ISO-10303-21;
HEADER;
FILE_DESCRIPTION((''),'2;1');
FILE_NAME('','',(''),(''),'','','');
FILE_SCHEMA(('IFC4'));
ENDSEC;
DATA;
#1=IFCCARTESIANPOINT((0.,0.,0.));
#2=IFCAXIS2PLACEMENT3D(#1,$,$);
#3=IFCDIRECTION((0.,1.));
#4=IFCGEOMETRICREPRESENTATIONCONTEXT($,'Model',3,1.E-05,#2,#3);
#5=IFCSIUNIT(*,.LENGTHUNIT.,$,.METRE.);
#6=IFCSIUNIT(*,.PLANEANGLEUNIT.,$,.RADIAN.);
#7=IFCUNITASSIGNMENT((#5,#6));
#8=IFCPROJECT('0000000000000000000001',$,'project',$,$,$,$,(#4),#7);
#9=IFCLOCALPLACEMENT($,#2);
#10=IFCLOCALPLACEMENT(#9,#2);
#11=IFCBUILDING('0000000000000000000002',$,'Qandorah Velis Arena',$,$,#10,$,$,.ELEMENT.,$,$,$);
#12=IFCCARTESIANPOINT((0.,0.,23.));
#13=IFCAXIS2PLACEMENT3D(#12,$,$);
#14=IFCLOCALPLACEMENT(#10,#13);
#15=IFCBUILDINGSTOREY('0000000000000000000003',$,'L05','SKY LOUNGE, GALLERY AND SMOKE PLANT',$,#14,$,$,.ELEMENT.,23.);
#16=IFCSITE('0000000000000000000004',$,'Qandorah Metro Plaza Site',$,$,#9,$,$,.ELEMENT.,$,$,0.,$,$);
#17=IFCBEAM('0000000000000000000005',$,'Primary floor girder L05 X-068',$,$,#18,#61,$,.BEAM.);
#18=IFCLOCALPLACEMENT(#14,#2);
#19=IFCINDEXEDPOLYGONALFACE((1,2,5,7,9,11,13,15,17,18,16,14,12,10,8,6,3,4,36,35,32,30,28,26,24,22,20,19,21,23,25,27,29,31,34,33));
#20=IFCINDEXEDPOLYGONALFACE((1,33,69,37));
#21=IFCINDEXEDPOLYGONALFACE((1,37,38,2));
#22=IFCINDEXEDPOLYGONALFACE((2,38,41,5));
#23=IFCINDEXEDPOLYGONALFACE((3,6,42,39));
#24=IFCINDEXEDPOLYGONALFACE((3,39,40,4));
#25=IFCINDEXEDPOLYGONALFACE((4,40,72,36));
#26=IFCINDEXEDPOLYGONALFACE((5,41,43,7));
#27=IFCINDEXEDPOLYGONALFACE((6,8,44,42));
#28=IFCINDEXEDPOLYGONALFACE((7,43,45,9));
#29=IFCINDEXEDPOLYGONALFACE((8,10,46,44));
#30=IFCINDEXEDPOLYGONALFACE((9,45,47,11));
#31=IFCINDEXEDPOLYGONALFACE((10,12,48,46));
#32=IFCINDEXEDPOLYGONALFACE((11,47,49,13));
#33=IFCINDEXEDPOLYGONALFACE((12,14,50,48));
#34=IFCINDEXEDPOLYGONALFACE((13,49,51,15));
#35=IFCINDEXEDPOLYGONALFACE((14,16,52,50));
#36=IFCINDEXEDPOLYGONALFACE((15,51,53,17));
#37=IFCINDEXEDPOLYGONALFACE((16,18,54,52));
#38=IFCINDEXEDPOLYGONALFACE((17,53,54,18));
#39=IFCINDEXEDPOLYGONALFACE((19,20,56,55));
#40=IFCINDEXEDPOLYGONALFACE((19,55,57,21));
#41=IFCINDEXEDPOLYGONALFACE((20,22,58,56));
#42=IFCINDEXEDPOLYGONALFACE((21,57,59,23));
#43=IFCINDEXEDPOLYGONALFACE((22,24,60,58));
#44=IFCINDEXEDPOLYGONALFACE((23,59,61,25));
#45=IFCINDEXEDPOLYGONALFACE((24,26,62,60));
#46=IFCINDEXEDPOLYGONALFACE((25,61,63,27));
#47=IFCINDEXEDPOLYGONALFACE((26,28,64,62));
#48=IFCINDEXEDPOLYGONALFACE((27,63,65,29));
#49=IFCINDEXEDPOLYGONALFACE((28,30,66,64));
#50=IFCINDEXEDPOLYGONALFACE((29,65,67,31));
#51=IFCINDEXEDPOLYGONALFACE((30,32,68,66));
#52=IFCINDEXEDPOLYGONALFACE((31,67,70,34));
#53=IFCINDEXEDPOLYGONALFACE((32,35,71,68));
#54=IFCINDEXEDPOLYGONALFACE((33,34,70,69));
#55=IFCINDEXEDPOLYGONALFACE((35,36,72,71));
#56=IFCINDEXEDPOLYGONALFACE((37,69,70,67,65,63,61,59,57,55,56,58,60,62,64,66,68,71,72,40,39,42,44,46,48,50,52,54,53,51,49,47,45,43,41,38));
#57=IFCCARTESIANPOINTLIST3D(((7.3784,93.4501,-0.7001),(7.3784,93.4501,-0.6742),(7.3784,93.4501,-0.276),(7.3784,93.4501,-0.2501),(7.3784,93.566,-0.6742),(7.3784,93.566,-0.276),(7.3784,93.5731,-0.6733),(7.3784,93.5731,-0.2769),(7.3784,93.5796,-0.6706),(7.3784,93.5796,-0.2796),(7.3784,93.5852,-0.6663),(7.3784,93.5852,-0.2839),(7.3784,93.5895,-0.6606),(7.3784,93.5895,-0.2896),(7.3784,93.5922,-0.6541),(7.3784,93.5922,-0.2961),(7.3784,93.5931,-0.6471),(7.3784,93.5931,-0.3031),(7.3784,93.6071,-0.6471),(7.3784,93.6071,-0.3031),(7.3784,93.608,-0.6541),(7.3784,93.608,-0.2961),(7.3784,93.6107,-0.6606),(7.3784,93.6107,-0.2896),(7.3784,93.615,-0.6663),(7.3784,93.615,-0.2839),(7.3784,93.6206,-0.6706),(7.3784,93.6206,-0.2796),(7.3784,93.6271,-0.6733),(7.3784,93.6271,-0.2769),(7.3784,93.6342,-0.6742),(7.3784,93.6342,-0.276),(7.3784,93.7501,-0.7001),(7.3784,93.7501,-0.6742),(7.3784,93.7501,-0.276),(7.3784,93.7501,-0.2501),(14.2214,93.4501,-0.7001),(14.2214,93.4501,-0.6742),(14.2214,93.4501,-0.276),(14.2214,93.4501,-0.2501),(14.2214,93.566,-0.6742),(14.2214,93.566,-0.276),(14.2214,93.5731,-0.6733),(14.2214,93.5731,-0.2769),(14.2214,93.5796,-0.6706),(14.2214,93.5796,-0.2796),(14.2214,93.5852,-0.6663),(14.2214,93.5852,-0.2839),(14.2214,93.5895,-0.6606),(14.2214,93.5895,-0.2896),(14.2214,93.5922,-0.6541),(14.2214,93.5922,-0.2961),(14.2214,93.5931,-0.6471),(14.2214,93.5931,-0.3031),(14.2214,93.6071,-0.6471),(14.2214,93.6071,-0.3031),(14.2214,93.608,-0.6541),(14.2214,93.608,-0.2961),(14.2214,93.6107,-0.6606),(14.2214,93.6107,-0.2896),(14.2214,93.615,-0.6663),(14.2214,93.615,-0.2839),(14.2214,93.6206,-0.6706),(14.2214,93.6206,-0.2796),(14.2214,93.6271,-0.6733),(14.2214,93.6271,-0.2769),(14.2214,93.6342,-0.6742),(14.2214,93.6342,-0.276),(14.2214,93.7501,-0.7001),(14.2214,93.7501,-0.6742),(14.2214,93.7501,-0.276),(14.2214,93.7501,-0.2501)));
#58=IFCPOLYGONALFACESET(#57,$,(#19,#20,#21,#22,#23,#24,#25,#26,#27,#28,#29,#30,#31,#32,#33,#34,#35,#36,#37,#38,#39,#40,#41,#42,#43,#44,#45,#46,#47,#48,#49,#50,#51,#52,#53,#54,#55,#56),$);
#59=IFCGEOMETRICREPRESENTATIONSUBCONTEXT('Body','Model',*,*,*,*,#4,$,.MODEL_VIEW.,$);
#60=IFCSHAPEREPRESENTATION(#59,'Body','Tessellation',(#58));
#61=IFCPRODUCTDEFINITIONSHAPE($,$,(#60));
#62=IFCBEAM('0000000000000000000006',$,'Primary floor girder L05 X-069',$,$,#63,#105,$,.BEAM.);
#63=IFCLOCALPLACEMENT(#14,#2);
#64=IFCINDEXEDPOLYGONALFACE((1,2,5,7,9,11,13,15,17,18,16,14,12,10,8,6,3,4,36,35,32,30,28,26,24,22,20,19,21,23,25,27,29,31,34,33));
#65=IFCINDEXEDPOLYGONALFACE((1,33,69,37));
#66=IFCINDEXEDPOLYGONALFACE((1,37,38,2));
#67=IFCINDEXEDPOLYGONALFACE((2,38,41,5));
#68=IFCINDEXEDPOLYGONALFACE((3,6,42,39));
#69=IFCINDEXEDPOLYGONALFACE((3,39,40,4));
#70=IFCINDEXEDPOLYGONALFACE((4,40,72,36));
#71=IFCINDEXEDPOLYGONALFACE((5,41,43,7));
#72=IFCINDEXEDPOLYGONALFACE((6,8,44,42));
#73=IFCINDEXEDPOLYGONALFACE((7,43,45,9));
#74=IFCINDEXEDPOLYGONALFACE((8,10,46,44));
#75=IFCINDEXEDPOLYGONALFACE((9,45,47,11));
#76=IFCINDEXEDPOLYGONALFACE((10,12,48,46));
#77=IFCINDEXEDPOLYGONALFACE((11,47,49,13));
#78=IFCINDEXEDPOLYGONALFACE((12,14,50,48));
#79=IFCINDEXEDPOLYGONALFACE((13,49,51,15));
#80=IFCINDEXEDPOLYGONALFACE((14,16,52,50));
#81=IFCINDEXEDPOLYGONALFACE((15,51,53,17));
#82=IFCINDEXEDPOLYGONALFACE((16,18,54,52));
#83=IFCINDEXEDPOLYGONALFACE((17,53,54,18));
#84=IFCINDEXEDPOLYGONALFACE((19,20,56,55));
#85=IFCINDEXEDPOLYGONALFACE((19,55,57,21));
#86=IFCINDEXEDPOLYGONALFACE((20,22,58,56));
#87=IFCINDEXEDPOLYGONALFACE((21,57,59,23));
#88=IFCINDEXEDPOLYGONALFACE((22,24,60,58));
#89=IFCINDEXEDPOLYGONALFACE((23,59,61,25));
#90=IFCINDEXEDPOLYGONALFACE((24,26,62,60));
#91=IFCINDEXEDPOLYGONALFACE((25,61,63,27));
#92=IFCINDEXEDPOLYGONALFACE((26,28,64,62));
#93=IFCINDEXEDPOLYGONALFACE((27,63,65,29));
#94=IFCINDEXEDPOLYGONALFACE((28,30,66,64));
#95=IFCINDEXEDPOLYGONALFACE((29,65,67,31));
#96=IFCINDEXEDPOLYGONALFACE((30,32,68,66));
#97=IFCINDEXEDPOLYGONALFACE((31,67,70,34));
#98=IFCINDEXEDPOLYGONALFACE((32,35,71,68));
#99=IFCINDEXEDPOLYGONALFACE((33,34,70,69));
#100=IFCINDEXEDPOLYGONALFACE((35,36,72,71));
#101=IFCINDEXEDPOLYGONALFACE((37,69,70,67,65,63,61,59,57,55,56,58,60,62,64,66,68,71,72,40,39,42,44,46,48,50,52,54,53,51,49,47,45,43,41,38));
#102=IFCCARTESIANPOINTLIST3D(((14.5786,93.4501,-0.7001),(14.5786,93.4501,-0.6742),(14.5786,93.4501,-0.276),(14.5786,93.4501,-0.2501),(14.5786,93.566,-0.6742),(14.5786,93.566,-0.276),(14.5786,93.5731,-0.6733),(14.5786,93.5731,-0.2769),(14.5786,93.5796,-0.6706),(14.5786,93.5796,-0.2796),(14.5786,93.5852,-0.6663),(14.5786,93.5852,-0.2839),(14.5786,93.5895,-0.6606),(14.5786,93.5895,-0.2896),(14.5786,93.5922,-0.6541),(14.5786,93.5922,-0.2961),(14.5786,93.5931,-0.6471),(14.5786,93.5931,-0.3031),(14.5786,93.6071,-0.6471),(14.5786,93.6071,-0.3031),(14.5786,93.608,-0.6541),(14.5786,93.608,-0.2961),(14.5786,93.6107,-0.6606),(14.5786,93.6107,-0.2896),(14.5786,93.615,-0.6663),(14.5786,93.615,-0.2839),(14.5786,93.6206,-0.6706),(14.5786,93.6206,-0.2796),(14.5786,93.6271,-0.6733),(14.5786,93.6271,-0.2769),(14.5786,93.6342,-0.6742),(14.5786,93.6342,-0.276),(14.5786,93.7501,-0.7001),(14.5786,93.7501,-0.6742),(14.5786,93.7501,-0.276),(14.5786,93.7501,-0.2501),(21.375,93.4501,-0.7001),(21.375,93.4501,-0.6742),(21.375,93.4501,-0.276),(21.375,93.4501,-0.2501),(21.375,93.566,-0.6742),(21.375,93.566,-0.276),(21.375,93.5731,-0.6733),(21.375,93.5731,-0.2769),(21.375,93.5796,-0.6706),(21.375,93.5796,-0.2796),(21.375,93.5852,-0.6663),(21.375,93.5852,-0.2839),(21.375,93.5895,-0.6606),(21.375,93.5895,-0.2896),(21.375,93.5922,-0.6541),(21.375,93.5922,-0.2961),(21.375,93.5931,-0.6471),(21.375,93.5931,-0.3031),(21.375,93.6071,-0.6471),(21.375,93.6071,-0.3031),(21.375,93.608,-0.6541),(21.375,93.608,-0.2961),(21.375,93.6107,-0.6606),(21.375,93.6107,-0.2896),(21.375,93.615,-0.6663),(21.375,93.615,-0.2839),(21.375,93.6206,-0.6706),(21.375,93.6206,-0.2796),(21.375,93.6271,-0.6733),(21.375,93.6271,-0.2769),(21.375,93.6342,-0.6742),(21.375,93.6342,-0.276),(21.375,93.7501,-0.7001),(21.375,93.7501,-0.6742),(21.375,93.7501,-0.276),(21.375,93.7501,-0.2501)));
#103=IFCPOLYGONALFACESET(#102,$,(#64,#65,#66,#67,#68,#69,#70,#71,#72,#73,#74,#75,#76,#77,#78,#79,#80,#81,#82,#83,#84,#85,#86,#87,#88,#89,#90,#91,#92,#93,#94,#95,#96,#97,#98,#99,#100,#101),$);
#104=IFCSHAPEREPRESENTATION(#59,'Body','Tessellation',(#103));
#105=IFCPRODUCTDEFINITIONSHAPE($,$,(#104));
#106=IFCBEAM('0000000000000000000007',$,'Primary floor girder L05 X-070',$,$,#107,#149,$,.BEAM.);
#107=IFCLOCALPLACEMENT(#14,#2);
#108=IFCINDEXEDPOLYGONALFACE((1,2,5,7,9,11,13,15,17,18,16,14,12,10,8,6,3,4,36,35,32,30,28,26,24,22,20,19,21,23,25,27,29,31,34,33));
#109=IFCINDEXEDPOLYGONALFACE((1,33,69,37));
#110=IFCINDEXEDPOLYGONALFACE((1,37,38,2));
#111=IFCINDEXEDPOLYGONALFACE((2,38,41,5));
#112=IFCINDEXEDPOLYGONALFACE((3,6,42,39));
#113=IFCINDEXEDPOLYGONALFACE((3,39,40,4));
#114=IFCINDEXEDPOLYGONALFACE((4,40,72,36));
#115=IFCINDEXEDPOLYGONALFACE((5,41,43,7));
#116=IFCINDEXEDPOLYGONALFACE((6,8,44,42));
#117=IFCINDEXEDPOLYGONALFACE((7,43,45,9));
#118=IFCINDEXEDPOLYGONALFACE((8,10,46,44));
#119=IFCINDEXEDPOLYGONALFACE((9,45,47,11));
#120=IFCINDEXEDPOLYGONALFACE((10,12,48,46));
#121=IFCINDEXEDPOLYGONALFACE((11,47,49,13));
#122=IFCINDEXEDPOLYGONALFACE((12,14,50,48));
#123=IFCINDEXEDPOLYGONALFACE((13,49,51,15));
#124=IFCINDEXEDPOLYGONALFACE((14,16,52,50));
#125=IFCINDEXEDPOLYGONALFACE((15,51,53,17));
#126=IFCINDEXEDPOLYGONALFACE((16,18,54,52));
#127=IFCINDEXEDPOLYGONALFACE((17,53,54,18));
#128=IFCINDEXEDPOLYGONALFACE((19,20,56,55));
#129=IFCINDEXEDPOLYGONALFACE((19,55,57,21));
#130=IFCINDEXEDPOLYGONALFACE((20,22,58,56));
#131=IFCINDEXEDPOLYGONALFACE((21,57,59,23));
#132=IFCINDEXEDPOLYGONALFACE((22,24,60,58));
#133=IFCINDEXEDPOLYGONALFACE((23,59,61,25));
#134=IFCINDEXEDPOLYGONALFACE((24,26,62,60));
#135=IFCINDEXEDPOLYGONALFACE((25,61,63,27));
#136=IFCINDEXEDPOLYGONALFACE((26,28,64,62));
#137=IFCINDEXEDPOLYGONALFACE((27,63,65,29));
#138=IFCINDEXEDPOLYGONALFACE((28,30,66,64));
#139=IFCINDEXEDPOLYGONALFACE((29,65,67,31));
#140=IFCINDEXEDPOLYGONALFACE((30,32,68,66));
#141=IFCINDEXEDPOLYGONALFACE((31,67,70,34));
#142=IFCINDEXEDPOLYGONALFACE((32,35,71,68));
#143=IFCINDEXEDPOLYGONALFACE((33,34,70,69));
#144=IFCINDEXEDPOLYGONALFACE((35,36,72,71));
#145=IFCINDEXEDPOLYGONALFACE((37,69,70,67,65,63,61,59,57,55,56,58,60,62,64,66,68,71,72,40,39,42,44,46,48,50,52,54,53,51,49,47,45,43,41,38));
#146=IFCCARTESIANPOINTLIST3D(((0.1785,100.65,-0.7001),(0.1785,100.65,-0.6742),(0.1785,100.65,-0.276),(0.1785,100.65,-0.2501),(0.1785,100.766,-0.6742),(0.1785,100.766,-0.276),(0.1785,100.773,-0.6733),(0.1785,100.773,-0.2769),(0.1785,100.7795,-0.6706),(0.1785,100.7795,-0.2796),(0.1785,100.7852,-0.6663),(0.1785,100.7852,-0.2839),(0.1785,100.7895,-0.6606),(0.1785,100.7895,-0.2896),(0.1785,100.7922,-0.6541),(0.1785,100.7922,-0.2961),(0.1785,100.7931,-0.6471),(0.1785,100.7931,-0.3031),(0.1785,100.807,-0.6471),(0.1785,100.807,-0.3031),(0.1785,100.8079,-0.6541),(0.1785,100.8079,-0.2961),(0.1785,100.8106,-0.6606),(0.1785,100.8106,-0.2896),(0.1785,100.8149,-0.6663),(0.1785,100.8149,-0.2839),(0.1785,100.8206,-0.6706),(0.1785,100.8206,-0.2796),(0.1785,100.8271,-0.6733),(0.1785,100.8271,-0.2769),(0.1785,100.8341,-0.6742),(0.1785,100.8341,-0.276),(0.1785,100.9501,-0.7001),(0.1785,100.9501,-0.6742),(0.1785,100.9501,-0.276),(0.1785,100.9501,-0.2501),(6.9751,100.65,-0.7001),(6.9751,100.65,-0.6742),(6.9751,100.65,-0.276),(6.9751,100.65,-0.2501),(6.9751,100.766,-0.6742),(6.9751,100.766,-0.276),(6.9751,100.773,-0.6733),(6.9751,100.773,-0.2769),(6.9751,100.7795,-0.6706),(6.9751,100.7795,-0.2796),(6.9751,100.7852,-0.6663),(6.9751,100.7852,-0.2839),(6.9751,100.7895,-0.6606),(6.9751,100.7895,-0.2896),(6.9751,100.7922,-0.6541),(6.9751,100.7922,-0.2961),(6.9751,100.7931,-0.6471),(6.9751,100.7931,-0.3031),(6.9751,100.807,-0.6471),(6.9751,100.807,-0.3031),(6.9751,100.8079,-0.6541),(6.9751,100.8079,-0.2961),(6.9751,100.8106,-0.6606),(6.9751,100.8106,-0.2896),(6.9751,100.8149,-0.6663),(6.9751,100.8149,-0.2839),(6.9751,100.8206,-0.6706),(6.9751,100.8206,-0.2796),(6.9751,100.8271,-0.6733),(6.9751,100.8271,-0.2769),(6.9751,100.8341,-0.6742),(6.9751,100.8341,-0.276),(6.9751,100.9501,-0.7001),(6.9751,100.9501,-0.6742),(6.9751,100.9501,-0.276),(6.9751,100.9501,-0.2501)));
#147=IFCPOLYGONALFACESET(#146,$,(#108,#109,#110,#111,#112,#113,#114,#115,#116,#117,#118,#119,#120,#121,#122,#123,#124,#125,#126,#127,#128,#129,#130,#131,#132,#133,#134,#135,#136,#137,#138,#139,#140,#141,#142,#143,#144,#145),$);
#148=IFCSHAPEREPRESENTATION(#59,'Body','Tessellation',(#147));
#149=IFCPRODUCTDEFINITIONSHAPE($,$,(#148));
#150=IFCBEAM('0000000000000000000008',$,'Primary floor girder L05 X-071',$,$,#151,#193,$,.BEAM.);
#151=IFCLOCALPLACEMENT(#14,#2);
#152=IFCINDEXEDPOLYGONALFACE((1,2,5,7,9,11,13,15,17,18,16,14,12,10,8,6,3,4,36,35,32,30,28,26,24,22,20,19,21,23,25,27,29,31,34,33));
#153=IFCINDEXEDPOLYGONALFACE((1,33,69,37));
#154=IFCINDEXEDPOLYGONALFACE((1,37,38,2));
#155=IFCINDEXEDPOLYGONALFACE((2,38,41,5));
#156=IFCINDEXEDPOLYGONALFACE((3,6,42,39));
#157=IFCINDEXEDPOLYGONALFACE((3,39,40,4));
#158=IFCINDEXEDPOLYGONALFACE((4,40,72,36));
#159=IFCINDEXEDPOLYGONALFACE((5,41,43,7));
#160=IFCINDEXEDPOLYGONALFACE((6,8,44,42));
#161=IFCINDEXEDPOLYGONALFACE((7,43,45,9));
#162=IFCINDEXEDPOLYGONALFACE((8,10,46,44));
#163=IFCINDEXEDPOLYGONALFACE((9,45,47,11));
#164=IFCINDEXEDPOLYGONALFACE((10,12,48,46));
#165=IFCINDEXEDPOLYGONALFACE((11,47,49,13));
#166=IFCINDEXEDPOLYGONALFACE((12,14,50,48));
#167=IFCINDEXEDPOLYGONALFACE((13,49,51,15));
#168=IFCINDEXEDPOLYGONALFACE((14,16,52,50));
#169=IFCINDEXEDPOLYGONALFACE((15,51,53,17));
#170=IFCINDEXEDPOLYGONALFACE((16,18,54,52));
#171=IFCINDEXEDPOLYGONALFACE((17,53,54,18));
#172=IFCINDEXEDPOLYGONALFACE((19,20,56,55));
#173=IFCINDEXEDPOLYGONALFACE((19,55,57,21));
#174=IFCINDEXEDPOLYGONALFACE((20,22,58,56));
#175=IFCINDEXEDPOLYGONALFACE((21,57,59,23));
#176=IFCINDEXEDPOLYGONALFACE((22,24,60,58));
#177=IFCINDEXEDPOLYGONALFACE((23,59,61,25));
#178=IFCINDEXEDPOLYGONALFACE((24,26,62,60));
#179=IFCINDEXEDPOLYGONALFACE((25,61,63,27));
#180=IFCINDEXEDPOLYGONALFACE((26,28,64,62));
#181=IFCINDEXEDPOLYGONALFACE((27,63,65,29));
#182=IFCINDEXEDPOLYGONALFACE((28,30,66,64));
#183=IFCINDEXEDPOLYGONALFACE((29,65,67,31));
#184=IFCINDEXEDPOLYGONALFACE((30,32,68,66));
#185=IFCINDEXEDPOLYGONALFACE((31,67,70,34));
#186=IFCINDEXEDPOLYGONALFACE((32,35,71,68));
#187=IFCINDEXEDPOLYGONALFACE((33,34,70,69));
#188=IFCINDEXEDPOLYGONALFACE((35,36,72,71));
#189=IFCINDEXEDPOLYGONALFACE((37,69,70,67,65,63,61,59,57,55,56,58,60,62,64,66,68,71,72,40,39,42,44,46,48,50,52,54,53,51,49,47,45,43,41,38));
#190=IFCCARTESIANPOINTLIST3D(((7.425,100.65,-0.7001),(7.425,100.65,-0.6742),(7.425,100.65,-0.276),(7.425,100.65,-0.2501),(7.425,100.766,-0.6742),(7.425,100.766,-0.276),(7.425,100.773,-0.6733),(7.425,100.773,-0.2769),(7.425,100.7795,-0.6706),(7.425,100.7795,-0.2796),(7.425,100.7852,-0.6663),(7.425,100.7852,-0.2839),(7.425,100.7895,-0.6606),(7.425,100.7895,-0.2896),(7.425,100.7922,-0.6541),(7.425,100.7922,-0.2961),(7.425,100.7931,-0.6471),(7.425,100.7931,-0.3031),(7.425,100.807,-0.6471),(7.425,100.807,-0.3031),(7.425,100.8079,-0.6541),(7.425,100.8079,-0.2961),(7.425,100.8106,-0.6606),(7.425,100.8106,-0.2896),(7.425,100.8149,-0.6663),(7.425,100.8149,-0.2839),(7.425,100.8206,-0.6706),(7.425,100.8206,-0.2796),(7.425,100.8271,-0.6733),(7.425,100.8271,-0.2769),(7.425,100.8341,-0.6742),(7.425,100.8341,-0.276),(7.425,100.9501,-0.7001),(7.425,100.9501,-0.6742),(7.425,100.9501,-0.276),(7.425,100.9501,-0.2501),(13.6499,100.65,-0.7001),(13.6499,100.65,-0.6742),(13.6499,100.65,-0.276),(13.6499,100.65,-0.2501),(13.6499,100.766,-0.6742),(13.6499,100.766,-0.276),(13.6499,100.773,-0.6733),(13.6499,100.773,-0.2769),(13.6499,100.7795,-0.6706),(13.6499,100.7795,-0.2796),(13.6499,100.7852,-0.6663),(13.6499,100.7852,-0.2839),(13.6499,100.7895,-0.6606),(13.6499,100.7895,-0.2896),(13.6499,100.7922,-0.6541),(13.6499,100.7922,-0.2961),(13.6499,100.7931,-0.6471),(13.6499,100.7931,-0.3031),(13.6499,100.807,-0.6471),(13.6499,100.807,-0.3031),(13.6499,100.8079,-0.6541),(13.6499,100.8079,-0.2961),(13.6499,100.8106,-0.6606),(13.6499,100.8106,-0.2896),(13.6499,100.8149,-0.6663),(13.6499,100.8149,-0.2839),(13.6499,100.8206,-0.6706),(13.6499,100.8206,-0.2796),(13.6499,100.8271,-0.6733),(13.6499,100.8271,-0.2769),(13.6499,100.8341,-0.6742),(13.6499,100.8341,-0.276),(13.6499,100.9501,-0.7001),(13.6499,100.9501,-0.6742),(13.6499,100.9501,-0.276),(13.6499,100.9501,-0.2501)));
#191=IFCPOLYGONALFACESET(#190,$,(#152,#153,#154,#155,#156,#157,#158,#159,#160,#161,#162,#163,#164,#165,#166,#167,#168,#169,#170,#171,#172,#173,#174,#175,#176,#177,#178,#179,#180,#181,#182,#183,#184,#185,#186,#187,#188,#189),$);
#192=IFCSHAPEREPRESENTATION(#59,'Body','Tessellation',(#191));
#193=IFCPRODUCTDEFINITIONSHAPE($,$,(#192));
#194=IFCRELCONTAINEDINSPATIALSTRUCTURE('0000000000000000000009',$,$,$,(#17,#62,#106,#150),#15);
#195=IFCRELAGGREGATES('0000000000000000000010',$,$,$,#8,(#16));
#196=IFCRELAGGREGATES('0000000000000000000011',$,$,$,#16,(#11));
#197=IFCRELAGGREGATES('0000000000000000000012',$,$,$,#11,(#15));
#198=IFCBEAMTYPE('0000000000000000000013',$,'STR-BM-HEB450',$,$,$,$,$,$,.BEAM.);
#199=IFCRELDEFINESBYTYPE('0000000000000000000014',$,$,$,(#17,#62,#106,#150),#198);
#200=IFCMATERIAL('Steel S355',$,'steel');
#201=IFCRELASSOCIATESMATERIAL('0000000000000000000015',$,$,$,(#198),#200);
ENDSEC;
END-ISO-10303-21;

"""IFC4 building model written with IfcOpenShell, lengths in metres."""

from ifc_helpers import new_model, si_unit, direction, frame, origin, origin_2d, place, context, subcontext, project, spatial, i_section, extrude, material, material_profile, profile_set, type_object, element, save


model = new_model("IFC4")

# Units and contexts
model_context = context("Model", 3, precision=1e-05, world=origin(), true_north=direction((0.0, 1.0)))
body_context = subcontext(model_context, "Body", "Model", "MODEL_VIEW")
ifc_project = project(units=[si_unit("LENGTHUNIT", "METRE"), si_unit("PLANEANGLEUNIT", "RADIAN")], contexts=[model_context])

# Site, building, storey
site_placement = place(None, origin())
site = spatial("IfcSite", under=ifc_project, at=site_placement, Name="Qandorah Metro Plaza Site", CompositionType="ELEMENT", RefElevation=0.0)
building_placement = place(site_placement, origin())
building = spatial("IfcBuilding", under=site, at=building_placement, Name="Qandorah Velis Arena", CompositionType="ELEMENT")
storey_placement = place(building_placement, frame((0.0, 0.0, 23.0)))
storey = spatial("IfcBuildingStorey", under=building, at=storey_placement, Name="L05", Description="SKY LOUNGE, GALLERY AND SMOKE PLANT", CompositionType="ELEMENT", Elevation=23.0)

# Beams
ifc_material_1 = material(Name="Steel S355", Category="steel")
ifc_material_profile_1 = material_profile(ifc_material_1, i_section(OverallWidth=0.3, OverallDepth=0.45, WebThickness=0.0139, FlangeThickness=0.0259, FilletRadius=0.0271, at=origin_2d()), Name="HEB 450")
ifc_profile_set_1 = profile_set([ifc_material_profile_1], Name="Steel S355")
beam_type_1 = type_object("IfcBeamType", Name="STR-BM-HEB450", PredefinedType="BEAM", material=ifc_profile_set_1)
beam_1_placement = place(storey_placement, frame((7.3784, 93.6001, -0.4751), z_axis=(1.0, 0.0, 0.0), x_axis=(0.0, 1.0, 0.0)))
element("IfcBeam", 1, at=beam_1_placement, inside=storey, type_object=beam_type_1, Name="Primary floor girder L05 X-068", PredefinedType="BEAM", context=body_context, shape_type="SweptSolid", body=[
    extrude(i_section(OverallWidth=0.3, OverallDepth=0.45, WebThickness=0.0139, FlangeThickness=0.0259, FilletRadius=0.0271, at=origin_2d()), origin(), (0.0, 0.0, 1.0), 6.843),
])
beam_2_placement = place(storey_placement, frame((14.5786, 93.6001, -0.4751), z_axis=(1.0, 0.0, 0.0), x_axis=(0.0, 1.0, 0.0)))
element("IfcBeam", 2, at=beam_2_placement, inside=storey, type_object=beam_type_1, Name="Primary floor girder L05 X-069", PredefinedType="BEAM", context=body_context, shape_type="SweptSolid", body=[
    extrude(i_section(OverallWidth=0.3, OverallDepth=0.45, WebThickness=0.0139, FlangeThickness=0.0259, FilletRadius=0.0271, at=origin_2d()), origin(), (0.0, 0.0, 1.0), 6.7964),
])
beam_3_placement = place(storey_placement, frame((0.1785, 100.8, -0.4751), z_axis=(1.0, 0.0, 0.0), x_axis=(0.0, 1.0, 0.0)))
element("IfcBeam", 3, at=beam_3_placement, inside=storey, type_object=beam_type_1, Name="Primary floor girder L05 X-070", PredefinedType="BEAM", context=body_context, shape_type="SweptSolid", body=[
    extrude(i_section(OverallWidth=0.3, OverallDepth=0.45, WebThickness=0.0139, FlangeThickness=0.0259, FilletRadius=0.0271, at=origin_2d()), origin(), (0.0, 0.0, 1.0), 6.7966),
])
beam_4_placement = place(storey_placement, frame((7.425, 100.8, -0.4751), z_axis=(1.0, 0.0, 0.0), x_axis=(0.0, 1.0, 0.0)))
element("IfcBeam", 4, at=beam_4_placement, inside=storey, type_object=beam_type_1, Name="Primary floor girder L05 X-071", PredefinedType="BEAM", context=body_context, shape_type="SweptSolid", body=[
    extrude(i_section(OverallWidth=0.3, OverallDepth=0.45, WebThickness=0.0139, FlangeThickness=0.0259, FilletRadius=0.0271, at=origin_2d()), origin(), (0.0, 0.0, 1.0), 6.2249),
])

save(model, "model.ifc")
